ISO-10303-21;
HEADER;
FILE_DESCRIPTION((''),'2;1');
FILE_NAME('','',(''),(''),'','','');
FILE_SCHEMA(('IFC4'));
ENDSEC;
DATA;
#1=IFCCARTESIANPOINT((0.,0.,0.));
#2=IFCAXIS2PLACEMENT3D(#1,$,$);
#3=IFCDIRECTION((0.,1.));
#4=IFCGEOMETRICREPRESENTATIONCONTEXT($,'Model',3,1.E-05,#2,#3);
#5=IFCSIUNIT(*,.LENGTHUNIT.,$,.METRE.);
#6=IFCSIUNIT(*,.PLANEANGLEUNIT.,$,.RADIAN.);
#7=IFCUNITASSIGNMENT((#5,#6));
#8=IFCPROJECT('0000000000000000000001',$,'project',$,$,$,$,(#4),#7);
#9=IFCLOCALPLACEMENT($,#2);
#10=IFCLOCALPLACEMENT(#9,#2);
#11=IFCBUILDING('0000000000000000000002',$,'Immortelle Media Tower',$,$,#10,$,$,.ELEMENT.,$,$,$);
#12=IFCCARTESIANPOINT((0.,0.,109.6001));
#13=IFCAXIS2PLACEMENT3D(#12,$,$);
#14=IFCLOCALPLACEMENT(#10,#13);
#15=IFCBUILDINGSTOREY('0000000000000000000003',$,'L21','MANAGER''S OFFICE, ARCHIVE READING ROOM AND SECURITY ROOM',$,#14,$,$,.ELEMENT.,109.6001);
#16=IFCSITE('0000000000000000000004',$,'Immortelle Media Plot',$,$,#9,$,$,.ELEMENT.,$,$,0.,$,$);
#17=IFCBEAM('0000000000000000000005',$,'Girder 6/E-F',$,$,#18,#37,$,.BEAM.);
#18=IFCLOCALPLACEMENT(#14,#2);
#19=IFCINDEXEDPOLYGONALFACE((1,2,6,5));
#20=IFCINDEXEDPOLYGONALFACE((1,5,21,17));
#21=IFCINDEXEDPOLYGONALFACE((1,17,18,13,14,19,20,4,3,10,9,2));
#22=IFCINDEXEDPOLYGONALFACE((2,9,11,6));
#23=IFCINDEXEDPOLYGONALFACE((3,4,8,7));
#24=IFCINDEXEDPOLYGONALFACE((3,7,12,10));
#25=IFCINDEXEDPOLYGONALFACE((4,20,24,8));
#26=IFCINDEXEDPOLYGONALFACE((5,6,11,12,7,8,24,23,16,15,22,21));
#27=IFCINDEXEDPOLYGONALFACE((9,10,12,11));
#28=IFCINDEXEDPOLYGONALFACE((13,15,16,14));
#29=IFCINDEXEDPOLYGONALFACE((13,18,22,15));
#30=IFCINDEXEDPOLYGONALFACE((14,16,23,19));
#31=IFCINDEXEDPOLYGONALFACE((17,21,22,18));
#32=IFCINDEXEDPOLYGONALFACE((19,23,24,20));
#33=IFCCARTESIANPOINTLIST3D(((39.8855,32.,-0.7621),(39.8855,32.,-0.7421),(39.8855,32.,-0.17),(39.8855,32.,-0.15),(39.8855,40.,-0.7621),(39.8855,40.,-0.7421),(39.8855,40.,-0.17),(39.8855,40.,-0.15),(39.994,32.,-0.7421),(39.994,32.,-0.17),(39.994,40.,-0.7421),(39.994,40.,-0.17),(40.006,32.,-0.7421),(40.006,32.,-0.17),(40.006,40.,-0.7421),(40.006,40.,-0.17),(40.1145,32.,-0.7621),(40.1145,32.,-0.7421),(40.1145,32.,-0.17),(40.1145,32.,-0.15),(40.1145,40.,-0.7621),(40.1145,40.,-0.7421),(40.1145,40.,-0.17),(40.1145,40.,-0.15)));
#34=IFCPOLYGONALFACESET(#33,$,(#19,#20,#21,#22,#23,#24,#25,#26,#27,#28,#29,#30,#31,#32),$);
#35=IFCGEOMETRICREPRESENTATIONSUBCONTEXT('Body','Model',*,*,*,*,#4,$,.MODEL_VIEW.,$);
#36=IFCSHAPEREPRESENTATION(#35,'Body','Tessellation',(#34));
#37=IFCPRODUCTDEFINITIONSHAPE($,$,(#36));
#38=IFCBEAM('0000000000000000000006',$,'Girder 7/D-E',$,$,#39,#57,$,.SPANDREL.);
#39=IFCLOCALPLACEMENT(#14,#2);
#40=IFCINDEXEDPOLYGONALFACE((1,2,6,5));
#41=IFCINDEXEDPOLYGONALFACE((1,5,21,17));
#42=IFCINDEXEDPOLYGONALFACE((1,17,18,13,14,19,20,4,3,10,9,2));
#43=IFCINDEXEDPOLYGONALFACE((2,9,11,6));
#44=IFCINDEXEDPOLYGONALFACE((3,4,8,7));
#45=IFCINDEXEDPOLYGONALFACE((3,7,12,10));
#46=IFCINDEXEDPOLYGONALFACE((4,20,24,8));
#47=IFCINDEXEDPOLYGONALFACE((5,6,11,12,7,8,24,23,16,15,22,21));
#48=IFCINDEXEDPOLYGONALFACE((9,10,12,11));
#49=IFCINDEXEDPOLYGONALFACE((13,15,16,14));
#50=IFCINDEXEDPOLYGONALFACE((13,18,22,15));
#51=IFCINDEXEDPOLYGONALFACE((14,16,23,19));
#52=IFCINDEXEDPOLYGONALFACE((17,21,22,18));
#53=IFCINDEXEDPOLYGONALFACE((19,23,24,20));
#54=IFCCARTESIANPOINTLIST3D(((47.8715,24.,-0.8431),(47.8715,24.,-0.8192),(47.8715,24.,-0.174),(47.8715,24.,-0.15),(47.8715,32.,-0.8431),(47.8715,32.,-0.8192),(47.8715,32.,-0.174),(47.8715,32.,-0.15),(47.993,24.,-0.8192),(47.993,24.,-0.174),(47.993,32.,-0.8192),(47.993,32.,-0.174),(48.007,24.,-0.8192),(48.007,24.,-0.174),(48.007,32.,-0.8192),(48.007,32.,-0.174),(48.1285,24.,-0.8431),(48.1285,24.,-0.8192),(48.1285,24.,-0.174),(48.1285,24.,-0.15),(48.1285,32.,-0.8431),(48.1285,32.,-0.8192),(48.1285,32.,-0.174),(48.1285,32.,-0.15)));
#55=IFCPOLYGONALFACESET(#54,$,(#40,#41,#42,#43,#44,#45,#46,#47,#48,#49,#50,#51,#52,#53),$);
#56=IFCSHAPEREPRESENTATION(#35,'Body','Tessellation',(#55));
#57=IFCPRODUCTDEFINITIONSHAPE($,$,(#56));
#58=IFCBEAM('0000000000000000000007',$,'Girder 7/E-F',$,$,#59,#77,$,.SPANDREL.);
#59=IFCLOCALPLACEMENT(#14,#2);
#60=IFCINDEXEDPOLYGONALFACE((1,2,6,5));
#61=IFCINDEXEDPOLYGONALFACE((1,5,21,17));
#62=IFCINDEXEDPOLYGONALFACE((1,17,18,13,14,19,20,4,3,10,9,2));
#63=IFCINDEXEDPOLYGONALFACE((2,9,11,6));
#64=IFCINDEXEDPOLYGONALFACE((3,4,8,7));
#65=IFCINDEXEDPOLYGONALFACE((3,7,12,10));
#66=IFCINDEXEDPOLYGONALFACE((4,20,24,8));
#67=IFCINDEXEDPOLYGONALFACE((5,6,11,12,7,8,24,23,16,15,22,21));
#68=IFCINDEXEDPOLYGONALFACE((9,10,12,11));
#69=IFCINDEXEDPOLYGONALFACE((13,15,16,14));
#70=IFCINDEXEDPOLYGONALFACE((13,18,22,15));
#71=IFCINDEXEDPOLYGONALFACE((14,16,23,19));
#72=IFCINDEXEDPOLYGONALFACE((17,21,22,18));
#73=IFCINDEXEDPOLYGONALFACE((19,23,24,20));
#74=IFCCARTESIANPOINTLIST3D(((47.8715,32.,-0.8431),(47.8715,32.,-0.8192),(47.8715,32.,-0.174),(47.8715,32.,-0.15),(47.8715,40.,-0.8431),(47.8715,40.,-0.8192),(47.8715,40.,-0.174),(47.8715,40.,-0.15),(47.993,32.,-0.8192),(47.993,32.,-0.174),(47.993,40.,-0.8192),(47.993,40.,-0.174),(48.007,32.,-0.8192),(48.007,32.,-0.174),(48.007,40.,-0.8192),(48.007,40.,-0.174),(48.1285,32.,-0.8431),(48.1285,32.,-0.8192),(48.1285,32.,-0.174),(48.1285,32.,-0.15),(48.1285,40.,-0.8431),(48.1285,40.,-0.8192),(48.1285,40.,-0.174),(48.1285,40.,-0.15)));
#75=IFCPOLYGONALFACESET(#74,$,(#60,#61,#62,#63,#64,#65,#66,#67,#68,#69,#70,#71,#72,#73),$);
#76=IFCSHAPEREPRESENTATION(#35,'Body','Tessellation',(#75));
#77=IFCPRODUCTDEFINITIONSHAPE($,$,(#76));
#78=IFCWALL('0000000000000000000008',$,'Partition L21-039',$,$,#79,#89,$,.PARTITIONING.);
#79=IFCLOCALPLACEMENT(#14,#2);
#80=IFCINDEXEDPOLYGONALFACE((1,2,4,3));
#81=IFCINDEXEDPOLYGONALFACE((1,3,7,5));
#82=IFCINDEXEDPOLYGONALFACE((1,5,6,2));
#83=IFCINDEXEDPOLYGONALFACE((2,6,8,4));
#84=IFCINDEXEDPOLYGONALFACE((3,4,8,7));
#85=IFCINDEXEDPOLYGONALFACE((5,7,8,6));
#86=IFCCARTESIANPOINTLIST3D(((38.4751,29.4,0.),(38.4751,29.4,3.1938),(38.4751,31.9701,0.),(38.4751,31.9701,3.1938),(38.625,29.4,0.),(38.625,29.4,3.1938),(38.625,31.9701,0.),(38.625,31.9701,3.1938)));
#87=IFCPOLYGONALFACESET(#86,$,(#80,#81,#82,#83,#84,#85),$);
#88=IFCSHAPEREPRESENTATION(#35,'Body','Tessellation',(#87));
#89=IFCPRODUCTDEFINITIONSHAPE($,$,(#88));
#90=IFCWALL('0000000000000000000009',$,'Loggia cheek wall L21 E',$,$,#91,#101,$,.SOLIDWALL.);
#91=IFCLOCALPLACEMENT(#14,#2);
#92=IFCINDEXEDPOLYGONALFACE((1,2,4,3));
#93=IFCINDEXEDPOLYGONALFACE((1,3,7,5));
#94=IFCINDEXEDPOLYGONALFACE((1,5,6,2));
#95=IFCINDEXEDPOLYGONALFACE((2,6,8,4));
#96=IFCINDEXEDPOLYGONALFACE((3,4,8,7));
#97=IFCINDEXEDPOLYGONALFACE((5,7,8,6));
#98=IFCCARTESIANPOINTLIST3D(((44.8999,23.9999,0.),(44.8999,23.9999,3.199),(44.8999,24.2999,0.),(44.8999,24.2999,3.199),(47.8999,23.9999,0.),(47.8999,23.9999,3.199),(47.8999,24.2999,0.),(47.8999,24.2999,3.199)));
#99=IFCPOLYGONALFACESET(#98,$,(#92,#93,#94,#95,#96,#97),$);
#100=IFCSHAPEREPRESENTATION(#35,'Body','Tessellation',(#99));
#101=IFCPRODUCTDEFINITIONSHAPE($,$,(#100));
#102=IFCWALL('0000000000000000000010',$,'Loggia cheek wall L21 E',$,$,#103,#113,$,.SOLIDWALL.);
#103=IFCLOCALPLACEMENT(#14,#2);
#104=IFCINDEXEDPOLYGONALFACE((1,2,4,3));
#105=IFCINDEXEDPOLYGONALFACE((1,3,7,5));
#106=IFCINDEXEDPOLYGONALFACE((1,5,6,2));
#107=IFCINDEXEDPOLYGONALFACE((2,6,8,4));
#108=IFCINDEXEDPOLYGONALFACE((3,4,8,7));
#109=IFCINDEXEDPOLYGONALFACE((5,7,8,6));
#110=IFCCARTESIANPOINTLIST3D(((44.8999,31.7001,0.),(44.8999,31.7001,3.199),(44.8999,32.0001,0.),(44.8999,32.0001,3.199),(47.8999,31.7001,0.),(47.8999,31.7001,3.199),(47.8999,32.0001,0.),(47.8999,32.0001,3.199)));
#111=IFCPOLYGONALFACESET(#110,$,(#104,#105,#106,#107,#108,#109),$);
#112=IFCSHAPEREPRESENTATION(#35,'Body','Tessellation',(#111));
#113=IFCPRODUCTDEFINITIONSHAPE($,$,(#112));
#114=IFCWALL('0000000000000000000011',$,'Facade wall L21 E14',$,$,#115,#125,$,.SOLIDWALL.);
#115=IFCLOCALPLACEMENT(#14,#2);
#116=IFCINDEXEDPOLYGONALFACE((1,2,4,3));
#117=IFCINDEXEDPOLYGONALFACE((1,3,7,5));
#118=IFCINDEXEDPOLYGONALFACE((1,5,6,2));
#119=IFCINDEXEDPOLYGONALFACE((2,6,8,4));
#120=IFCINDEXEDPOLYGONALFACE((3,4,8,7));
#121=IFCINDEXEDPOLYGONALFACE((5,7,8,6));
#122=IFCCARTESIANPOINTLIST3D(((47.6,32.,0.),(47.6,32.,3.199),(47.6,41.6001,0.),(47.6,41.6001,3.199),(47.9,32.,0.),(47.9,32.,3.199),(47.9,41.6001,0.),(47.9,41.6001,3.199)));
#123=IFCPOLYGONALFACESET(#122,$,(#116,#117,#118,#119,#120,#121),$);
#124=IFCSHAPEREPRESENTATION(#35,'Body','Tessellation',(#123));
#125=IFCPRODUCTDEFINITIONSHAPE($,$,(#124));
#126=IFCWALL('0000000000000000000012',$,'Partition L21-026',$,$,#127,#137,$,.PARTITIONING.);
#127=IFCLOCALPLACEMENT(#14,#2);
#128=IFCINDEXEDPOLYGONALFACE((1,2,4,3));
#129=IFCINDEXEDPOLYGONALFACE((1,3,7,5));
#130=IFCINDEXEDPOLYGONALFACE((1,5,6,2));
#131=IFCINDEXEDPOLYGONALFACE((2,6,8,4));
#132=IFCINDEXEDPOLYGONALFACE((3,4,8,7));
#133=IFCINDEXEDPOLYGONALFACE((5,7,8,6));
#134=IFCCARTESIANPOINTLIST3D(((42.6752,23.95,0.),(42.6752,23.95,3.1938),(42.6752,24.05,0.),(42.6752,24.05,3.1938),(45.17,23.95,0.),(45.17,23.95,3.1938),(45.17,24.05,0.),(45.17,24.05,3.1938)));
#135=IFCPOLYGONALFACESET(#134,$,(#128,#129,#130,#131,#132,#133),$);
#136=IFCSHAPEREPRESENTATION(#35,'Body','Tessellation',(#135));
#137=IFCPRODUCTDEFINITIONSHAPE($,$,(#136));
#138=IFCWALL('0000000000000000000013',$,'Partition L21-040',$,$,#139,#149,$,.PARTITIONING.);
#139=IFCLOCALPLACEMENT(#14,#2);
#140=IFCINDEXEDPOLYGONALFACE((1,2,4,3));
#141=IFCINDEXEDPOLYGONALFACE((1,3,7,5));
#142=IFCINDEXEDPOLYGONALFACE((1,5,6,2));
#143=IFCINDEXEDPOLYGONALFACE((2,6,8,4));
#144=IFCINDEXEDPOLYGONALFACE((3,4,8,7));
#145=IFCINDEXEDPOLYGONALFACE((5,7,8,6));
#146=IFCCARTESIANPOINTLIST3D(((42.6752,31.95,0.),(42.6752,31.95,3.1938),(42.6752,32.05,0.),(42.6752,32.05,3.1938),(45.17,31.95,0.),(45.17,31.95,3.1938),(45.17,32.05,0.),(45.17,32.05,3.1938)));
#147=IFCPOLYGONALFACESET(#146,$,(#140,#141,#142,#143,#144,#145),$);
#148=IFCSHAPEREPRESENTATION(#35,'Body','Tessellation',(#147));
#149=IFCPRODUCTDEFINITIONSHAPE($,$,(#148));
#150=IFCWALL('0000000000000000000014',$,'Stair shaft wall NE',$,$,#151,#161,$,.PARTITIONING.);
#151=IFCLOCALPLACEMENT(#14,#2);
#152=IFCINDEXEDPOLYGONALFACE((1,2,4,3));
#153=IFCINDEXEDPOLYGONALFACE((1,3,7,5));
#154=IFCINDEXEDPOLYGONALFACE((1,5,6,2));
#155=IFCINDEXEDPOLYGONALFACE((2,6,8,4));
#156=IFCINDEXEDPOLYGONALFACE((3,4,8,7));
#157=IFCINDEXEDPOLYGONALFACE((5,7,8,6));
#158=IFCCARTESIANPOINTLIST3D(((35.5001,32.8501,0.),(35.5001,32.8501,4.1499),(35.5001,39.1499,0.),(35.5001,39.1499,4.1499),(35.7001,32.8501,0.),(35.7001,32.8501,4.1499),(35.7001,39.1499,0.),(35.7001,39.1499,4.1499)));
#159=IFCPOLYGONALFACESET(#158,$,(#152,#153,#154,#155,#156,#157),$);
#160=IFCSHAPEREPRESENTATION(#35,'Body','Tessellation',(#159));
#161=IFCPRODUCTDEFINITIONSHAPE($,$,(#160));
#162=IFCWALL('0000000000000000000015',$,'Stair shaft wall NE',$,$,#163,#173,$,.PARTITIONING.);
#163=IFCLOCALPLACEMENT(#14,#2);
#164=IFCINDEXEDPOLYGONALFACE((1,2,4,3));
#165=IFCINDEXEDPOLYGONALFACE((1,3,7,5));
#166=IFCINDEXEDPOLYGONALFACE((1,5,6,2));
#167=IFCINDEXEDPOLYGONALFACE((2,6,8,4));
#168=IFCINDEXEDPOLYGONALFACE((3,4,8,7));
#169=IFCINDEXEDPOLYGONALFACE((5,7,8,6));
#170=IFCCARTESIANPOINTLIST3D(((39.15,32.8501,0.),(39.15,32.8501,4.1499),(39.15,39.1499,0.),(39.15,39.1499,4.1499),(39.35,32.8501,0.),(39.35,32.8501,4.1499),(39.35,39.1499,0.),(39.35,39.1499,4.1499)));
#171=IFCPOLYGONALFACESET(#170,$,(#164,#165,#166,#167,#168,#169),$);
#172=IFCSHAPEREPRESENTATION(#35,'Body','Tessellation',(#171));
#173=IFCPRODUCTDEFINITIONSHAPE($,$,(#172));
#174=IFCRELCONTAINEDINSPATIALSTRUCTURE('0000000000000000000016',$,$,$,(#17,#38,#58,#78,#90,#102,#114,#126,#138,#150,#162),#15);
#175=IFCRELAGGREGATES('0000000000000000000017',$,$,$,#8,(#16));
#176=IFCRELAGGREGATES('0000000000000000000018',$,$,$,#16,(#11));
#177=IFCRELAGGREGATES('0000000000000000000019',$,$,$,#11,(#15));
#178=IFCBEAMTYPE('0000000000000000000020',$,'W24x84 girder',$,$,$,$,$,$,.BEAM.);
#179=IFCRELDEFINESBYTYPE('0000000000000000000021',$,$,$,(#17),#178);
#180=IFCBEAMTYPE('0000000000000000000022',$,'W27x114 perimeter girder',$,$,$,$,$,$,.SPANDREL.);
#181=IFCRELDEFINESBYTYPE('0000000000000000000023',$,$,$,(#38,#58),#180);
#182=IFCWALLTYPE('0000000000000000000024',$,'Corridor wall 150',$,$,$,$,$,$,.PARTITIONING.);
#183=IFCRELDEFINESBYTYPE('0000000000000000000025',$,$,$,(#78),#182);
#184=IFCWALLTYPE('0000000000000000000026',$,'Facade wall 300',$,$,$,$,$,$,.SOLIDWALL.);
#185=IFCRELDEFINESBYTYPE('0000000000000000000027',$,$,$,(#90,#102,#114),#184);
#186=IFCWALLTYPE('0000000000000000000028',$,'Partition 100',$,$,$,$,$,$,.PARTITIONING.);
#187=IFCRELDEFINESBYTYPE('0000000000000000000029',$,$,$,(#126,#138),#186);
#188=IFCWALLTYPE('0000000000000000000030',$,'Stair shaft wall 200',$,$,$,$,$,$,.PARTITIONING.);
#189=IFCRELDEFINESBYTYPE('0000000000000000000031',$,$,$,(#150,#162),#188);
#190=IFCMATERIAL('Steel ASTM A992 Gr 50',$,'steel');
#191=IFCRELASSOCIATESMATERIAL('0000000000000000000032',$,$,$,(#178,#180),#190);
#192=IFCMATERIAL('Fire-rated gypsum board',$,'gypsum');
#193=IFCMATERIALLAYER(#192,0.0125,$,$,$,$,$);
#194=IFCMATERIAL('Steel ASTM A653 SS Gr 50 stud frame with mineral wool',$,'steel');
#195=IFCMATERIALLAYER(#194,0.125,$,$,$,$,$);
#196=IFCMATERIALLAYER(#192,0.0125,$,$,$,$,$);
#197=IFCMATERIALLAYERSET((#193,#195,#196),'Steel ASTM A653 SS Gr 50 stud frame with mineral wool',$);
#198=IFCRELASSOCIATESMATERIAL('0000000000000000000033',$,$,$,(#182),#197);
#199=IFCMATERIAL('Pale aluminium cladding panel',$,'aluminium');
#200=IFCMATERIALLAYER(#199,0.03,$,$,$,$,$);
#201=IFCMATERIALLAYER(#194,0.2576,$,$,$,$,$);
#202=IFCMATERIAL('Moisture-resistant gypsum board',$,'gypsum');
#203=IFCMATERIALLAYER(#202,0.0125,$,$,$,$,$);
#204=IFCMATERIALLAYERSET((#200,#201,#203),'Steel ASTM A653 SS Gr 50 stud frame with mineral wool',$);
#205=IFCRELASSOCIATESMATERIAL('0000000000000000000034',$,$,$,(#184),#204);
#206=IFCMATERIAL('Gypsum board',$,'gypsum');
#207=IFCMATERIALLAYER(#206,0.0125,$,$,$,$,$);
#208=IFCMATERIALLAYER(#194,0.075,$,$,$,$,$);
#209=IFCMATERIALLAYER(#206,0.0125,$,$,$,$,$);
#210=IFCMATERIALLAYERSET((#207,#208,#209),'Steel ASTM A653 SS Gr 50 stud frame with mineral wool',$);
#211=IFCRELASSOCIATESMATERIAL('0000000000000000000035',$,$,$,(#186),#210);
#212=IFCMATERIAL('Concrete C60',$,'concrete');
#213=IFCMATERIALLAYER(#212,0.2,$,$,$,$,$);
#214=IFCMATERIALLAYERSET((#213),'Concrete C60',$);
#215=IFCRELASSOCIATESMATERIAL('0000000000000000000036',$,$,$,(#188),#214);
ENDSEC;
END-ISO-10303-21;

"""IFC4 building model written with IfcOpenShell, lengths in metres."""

from ifc_helpers import new_model, si_unit, direction, frame, frame_2d, origin, origin_2d, place, context, subcontext, project, spatial, rectangle, i_section, extrude, material, layer, layer_set, material_profile, profile_set, type_object, element, save


model = new_model("IFC4")

# Units and contexts
model_context = context("Model", 3, precision=1e-05, world=origin(), true_north=direction((0.0, 1.0)))
body_context = subcontext(model_context, "Body", "Model", "MODEL_VIEW")
ifc_project = project(units=[si_unit("LENGTHUNIT", "METRE"), si_unit("PLANEANGLEUNIT", "RADIAN")], contexts=[model_context])

# Site, building, storey
site_placement = place(None, origin())
site = spatial("IfcSite", under=ifc_project, at=site_placement, Name="Immortelle Media Plot", CompositionType="ELEMENT", RefElevation=0.0)
building_placement = place(site_placement, origin())
building = spatial("IfcBuilding", under=site, at=building_placement, Name="Immortelle Media Tower", CompositionType="ELEMENT")
storey_placement = place(building_placement, frame((0.0, 0.0, 109.6001)))
storey = spatial("IfcBuildingStorey", under=building, at=storey_placement, Name="L21", Description="MANAGER'S OFFICE, ARCHIVE READING ROOM AND SECURITY ROOM", CompositionType="ELEMENT", Elevation=109.6001)

# Shared definitions
ifc_material_1 = material(Name="Steel ASTM A992 Gr 50", Category="steel")

# Beams
ifc_material_profile_1 = material_profile(ifc_material_1, i_section(OverallWidth=0.229, OverallDepth=0.6121, WebThickness=0.012, FlangeThickness=0.02, at=origin_2d()), Name="W24x84")
ifc_profile_set_1 = profile_set([ifc_material_profile_1], Name="Steel ASTM A992 Gr 50")
beam_type_1 = type_object("IfcBeamType", Name="W24x84 girder", PredefinedType="BEAM", material=ifc_profile_set_1)
for number, where, z_axis, x_axis, name in (
    (1, (40.0, 32.0, -0.4561), (0.0, 1.0, 0.0), (-1.0, 0.0, 0.0), "Girder 6/E-F"),
):
    element("IfcBeam", number, at=place(storey_placement, frame(where, z_axis=z_axis, x_axis=x_axis)), inside=storey, type_object=beam_type_1, Name=name, PredefinedType="BEAM", context=body_context, shape_type="SweptSolid", body=[
        extrude(i_section(OverallWidth=0.229, OverallDepth=0.6121, WebThickness=0.012, FlangeThickness=0.02, at=origin_2d()), origin(), (0.0, 0.0, 1.0), 8.0),
    ])
ifc_material_profile_2 = material_profile(ifc_material_1, i_section(OverallWidth=0.2571, OverallDepth=0.6931, WebThickness=0.0139, FlangeThickness=0.0239, at=origin_2d()), Name="W27x114")
ifc_profile_set_2 = profile_set([ifc_material_profile_2], Name="Steel ASTM A992 Gr 50")
beam_type_2 = type_object("IfcBeamType", Name="W27x114 perimeter girder", PredefinedType="SPANDREL", material=ifc_profile_set_2)
for number, where, z_axis, x_axis, name in (
    (2, (48.0, 24.0, -0.4966), (0.0, 1.0, 0.0), (-1.0, 0.0, 0.0), "Girder 7/D-E"),
    (3, (48.0, 32.0, -0.4966), (0.0, 1.0, 0.0), (-1.0, 0.0, 0.0), "Girder 7/E-F"),
):
    element("IfcBeam", number, at=place(storey_placement, frame(where, z_axis=z_axis, x_axis=x_axis)), inside=storey, type_object=beam_type_2, Name=name, PredefinedType="SPANDREL", context=body_context, shape_type="SweptSolid", body=[
        extrude(i_section(OverallWidth=0.2571, OverallDepth=0.6931, WebThickness=0.0139, FlangeThickness=0.0239, at=origin_2d()), origin(), (0.0, 0.0, 1.0), 8.0),
    ])

# Wall
ifc_material_2 = material(Name="Fire-rated gypsum board", Category="gypsum")
ifc_layer_1 = layer(ifc_material_2, 0.0125)
ifc_material_3 = material(Name="Steel ASTM A653 SS Gr 50 stud frame with mineral wool", Category="steel")
ifc_layer_2 = layer(ifc_material_3, 0.125)
ifc_layer_3 = layer(ifc_material_2, 0.0125)
ifc_layer_set_1 = layer_set([ifc_layer_1, ifc_layer_2, ifc_layer_3], Name="Steel ASTM A653 SS Gr 50 stud frame with mineral wool")
wall_type_1 = type_object("IfcWallType", Name="Corridor wall 150", PredefinedType="PARTITIONING", material=ifc_layer_set_1)
wall_1_placement = place(storey_placement, frame((38.55, 29.3999, 0.0), z_axis=(0.0, 0.0, 1.0), x_axis=(0.0, 1.0, 0.0)))
element("IfcWall", 4, at=wall_1_placement, inside=storey, type_object=wall_type_1, Name="Partition L21-039", PredefinedType="PARTITIONING", context=body_context, shape_type="SweptSolid", body=[
    extrude(rectangle(XDim=2.5701, YDim=0.1499, at=frame_2d((1.2852, 0.0))), origin(), (0.0, 0.0, 1.0), 3.1938),
])

# Shared definitions
ifc_material_4 = material(Name="Pale aluminium cladding panel", Category="aluminium")
ifc_layer_4 = layer(ifc_material_4, 0.03)
ifc_layer_5 = layer(ifc_material_3, 0.2576)
ifc_material_5 = material(Name="Moisture-resistant gypsum board", Category="gypsum")
ifc_layer_6 = layer(ifc_material_5, 0.0125)
ifc_layer_set_2 = layer_set([ifc_layer_4, ifc_layer_5, ifc_layer_6], Name="Steel ASTM A653 SS Gr 50 stud frame with mineral wool")
wall_type_2 = type_object("IfcWallType", Name="Facade wall 300", PredefinedType="SOLIDWALL", material=ifc_layer_set_2)

# Walls
for number, where, z_axis, x_axis, name in (
    (5, (47.8999, 24.1499, 0.0), (0.0, 0.0, 1.0), (-1.0, 0.0, 0.0), "Loggia cheek wall L21 E"),
    (6, (47.8999, 31.8501, 0.0), (0.0, 0.0, 1.0), (-1.0, 0.0, 0.0), "Loggia cheek wall L21 E"),
):
    element("IfcWall", number, at=place(storey_placement, frame(where, z_axis=z_axis, x_axis=x_axis)), inside=storey, type_object=wall_type_2, Name=name, PredefinedType="SOLIDWALL", context=body_context, shape_type="SweptSolid", body=[
        extrude(rectangle(XDim=3.0, YDim=0.3, at=frame_2d((1.5, 0.0))), origin(), (0.0, 0.0, 1.0), 3.199),
    ])
wall_2_placement = place(storey_placement, frame((47.75, 32.0, 0.0), z_axis=(0.0, 0.0, 1.0), x_axis=(0.0, 1.0, 0.0)))
element("IfcWall", 7, at=wall_2_placement, inside=storey, type_object=wall_type_2, Name="Facade wall L21 E14", PredefinedType="SOLIDWALL", context=body_context, shape_type="SweptSolid", body=[
    extrude(rectangle(XDim=9.6001, YDim=0.3, at=frame_2d((4.8, 0.0))), origin(), (0.0, 0.0, 1.0), 3.199),
])
ifc_material_6 = material(Name="Gypsum board", Category="gypsum")
ifc_layer_7 = layer(ifc_material_6, 0.0125)
ifc_layer_8 = layer(ifc_material_3, 0.075)
ifc_layer_9 = layer(ifc_material_6, 0.0125)
ifc_layer_set_3 = layer_set([ifc_layer_7, ifc_layer_8, ifc_layer_9], Name="Steel ASTM A653 SS Gr 50 stud frame with mineral wool")
wall_type_3 = type_object("IfcWallType", Name="Partition 100", PredefinedType="PARTITIONING", material=ifc_layer_set_3)
for number, where, z_axis, x_axis, name in (
    (8, (42.675, 24.0, 0.0), (0.0, 0.0, 1.0), (1.0, 0.0, 0.0), "Partition L21-026"),
    (9, (42.675, 32.0, 0.0), (0.0, 0.0, 1.0), (1.0, 0.0, 0.0), "Partition L21-040"),
):
    element("IfcWall", number, at=place(storey_placement, frame(where, z_axis=z_axis, x_axis=x_axis)), inside=storey, type_object=wall_type_3, Name=name, PredefinedType="PARTITIONING", context=body_context, shape_type="SweptSolid", body=[
        extrude(rectangle(XDim=2.4949, YDim=0.1001, at=frame_2d((1.2476, 0.0))), origin(), (0.0, 0.0, 1.0), 3.1938),
    ])
ifc_material_7 = material(Name="Concrete C60", Category="concrete")
ifc_layer_10 = layer(ifc_material_7, 0.2)
ifc_layer_set_4 = layer_set([ifc_layer_10], Name="Concrete C60")
wall_type_4 = type_object("IfcWallType", Name="Stair shaft wall 200", PredefinedType="PARTITIONING", material=ifc_layer_set_4)
for number, where, z_axis, x_axis, name in (
    (10, (35.6001, 32.8501, 0.0), (0.0, 0.0, 1.0), (0.0, 1.0, 0.0), "Stair shaft wall NE"),
    (11, (39.25, 32.8501, 0.0), (0.0, 0.0, 1.0), (0.0, 1.0, 0.0), "Stair shaft wall NE"),
):
    element("IfcWall", number, at=place(storey_placement, frame(where, z_axis=z_axis, x_axis=x_axis)), inside=storey, type_object=wall_type_4, Name=name, PredefinedType="PARTITIONING", context=body_context, shape_type="SweptSolid", body=[
        extrude(rectangle(XDim=6.2998, YDim=0.2, at=frame_2d((3.1499, 0.0))), origin(), (0.0, 0.0, 1.0), 4.1499),
    ])

save(model, "model.ifc")
